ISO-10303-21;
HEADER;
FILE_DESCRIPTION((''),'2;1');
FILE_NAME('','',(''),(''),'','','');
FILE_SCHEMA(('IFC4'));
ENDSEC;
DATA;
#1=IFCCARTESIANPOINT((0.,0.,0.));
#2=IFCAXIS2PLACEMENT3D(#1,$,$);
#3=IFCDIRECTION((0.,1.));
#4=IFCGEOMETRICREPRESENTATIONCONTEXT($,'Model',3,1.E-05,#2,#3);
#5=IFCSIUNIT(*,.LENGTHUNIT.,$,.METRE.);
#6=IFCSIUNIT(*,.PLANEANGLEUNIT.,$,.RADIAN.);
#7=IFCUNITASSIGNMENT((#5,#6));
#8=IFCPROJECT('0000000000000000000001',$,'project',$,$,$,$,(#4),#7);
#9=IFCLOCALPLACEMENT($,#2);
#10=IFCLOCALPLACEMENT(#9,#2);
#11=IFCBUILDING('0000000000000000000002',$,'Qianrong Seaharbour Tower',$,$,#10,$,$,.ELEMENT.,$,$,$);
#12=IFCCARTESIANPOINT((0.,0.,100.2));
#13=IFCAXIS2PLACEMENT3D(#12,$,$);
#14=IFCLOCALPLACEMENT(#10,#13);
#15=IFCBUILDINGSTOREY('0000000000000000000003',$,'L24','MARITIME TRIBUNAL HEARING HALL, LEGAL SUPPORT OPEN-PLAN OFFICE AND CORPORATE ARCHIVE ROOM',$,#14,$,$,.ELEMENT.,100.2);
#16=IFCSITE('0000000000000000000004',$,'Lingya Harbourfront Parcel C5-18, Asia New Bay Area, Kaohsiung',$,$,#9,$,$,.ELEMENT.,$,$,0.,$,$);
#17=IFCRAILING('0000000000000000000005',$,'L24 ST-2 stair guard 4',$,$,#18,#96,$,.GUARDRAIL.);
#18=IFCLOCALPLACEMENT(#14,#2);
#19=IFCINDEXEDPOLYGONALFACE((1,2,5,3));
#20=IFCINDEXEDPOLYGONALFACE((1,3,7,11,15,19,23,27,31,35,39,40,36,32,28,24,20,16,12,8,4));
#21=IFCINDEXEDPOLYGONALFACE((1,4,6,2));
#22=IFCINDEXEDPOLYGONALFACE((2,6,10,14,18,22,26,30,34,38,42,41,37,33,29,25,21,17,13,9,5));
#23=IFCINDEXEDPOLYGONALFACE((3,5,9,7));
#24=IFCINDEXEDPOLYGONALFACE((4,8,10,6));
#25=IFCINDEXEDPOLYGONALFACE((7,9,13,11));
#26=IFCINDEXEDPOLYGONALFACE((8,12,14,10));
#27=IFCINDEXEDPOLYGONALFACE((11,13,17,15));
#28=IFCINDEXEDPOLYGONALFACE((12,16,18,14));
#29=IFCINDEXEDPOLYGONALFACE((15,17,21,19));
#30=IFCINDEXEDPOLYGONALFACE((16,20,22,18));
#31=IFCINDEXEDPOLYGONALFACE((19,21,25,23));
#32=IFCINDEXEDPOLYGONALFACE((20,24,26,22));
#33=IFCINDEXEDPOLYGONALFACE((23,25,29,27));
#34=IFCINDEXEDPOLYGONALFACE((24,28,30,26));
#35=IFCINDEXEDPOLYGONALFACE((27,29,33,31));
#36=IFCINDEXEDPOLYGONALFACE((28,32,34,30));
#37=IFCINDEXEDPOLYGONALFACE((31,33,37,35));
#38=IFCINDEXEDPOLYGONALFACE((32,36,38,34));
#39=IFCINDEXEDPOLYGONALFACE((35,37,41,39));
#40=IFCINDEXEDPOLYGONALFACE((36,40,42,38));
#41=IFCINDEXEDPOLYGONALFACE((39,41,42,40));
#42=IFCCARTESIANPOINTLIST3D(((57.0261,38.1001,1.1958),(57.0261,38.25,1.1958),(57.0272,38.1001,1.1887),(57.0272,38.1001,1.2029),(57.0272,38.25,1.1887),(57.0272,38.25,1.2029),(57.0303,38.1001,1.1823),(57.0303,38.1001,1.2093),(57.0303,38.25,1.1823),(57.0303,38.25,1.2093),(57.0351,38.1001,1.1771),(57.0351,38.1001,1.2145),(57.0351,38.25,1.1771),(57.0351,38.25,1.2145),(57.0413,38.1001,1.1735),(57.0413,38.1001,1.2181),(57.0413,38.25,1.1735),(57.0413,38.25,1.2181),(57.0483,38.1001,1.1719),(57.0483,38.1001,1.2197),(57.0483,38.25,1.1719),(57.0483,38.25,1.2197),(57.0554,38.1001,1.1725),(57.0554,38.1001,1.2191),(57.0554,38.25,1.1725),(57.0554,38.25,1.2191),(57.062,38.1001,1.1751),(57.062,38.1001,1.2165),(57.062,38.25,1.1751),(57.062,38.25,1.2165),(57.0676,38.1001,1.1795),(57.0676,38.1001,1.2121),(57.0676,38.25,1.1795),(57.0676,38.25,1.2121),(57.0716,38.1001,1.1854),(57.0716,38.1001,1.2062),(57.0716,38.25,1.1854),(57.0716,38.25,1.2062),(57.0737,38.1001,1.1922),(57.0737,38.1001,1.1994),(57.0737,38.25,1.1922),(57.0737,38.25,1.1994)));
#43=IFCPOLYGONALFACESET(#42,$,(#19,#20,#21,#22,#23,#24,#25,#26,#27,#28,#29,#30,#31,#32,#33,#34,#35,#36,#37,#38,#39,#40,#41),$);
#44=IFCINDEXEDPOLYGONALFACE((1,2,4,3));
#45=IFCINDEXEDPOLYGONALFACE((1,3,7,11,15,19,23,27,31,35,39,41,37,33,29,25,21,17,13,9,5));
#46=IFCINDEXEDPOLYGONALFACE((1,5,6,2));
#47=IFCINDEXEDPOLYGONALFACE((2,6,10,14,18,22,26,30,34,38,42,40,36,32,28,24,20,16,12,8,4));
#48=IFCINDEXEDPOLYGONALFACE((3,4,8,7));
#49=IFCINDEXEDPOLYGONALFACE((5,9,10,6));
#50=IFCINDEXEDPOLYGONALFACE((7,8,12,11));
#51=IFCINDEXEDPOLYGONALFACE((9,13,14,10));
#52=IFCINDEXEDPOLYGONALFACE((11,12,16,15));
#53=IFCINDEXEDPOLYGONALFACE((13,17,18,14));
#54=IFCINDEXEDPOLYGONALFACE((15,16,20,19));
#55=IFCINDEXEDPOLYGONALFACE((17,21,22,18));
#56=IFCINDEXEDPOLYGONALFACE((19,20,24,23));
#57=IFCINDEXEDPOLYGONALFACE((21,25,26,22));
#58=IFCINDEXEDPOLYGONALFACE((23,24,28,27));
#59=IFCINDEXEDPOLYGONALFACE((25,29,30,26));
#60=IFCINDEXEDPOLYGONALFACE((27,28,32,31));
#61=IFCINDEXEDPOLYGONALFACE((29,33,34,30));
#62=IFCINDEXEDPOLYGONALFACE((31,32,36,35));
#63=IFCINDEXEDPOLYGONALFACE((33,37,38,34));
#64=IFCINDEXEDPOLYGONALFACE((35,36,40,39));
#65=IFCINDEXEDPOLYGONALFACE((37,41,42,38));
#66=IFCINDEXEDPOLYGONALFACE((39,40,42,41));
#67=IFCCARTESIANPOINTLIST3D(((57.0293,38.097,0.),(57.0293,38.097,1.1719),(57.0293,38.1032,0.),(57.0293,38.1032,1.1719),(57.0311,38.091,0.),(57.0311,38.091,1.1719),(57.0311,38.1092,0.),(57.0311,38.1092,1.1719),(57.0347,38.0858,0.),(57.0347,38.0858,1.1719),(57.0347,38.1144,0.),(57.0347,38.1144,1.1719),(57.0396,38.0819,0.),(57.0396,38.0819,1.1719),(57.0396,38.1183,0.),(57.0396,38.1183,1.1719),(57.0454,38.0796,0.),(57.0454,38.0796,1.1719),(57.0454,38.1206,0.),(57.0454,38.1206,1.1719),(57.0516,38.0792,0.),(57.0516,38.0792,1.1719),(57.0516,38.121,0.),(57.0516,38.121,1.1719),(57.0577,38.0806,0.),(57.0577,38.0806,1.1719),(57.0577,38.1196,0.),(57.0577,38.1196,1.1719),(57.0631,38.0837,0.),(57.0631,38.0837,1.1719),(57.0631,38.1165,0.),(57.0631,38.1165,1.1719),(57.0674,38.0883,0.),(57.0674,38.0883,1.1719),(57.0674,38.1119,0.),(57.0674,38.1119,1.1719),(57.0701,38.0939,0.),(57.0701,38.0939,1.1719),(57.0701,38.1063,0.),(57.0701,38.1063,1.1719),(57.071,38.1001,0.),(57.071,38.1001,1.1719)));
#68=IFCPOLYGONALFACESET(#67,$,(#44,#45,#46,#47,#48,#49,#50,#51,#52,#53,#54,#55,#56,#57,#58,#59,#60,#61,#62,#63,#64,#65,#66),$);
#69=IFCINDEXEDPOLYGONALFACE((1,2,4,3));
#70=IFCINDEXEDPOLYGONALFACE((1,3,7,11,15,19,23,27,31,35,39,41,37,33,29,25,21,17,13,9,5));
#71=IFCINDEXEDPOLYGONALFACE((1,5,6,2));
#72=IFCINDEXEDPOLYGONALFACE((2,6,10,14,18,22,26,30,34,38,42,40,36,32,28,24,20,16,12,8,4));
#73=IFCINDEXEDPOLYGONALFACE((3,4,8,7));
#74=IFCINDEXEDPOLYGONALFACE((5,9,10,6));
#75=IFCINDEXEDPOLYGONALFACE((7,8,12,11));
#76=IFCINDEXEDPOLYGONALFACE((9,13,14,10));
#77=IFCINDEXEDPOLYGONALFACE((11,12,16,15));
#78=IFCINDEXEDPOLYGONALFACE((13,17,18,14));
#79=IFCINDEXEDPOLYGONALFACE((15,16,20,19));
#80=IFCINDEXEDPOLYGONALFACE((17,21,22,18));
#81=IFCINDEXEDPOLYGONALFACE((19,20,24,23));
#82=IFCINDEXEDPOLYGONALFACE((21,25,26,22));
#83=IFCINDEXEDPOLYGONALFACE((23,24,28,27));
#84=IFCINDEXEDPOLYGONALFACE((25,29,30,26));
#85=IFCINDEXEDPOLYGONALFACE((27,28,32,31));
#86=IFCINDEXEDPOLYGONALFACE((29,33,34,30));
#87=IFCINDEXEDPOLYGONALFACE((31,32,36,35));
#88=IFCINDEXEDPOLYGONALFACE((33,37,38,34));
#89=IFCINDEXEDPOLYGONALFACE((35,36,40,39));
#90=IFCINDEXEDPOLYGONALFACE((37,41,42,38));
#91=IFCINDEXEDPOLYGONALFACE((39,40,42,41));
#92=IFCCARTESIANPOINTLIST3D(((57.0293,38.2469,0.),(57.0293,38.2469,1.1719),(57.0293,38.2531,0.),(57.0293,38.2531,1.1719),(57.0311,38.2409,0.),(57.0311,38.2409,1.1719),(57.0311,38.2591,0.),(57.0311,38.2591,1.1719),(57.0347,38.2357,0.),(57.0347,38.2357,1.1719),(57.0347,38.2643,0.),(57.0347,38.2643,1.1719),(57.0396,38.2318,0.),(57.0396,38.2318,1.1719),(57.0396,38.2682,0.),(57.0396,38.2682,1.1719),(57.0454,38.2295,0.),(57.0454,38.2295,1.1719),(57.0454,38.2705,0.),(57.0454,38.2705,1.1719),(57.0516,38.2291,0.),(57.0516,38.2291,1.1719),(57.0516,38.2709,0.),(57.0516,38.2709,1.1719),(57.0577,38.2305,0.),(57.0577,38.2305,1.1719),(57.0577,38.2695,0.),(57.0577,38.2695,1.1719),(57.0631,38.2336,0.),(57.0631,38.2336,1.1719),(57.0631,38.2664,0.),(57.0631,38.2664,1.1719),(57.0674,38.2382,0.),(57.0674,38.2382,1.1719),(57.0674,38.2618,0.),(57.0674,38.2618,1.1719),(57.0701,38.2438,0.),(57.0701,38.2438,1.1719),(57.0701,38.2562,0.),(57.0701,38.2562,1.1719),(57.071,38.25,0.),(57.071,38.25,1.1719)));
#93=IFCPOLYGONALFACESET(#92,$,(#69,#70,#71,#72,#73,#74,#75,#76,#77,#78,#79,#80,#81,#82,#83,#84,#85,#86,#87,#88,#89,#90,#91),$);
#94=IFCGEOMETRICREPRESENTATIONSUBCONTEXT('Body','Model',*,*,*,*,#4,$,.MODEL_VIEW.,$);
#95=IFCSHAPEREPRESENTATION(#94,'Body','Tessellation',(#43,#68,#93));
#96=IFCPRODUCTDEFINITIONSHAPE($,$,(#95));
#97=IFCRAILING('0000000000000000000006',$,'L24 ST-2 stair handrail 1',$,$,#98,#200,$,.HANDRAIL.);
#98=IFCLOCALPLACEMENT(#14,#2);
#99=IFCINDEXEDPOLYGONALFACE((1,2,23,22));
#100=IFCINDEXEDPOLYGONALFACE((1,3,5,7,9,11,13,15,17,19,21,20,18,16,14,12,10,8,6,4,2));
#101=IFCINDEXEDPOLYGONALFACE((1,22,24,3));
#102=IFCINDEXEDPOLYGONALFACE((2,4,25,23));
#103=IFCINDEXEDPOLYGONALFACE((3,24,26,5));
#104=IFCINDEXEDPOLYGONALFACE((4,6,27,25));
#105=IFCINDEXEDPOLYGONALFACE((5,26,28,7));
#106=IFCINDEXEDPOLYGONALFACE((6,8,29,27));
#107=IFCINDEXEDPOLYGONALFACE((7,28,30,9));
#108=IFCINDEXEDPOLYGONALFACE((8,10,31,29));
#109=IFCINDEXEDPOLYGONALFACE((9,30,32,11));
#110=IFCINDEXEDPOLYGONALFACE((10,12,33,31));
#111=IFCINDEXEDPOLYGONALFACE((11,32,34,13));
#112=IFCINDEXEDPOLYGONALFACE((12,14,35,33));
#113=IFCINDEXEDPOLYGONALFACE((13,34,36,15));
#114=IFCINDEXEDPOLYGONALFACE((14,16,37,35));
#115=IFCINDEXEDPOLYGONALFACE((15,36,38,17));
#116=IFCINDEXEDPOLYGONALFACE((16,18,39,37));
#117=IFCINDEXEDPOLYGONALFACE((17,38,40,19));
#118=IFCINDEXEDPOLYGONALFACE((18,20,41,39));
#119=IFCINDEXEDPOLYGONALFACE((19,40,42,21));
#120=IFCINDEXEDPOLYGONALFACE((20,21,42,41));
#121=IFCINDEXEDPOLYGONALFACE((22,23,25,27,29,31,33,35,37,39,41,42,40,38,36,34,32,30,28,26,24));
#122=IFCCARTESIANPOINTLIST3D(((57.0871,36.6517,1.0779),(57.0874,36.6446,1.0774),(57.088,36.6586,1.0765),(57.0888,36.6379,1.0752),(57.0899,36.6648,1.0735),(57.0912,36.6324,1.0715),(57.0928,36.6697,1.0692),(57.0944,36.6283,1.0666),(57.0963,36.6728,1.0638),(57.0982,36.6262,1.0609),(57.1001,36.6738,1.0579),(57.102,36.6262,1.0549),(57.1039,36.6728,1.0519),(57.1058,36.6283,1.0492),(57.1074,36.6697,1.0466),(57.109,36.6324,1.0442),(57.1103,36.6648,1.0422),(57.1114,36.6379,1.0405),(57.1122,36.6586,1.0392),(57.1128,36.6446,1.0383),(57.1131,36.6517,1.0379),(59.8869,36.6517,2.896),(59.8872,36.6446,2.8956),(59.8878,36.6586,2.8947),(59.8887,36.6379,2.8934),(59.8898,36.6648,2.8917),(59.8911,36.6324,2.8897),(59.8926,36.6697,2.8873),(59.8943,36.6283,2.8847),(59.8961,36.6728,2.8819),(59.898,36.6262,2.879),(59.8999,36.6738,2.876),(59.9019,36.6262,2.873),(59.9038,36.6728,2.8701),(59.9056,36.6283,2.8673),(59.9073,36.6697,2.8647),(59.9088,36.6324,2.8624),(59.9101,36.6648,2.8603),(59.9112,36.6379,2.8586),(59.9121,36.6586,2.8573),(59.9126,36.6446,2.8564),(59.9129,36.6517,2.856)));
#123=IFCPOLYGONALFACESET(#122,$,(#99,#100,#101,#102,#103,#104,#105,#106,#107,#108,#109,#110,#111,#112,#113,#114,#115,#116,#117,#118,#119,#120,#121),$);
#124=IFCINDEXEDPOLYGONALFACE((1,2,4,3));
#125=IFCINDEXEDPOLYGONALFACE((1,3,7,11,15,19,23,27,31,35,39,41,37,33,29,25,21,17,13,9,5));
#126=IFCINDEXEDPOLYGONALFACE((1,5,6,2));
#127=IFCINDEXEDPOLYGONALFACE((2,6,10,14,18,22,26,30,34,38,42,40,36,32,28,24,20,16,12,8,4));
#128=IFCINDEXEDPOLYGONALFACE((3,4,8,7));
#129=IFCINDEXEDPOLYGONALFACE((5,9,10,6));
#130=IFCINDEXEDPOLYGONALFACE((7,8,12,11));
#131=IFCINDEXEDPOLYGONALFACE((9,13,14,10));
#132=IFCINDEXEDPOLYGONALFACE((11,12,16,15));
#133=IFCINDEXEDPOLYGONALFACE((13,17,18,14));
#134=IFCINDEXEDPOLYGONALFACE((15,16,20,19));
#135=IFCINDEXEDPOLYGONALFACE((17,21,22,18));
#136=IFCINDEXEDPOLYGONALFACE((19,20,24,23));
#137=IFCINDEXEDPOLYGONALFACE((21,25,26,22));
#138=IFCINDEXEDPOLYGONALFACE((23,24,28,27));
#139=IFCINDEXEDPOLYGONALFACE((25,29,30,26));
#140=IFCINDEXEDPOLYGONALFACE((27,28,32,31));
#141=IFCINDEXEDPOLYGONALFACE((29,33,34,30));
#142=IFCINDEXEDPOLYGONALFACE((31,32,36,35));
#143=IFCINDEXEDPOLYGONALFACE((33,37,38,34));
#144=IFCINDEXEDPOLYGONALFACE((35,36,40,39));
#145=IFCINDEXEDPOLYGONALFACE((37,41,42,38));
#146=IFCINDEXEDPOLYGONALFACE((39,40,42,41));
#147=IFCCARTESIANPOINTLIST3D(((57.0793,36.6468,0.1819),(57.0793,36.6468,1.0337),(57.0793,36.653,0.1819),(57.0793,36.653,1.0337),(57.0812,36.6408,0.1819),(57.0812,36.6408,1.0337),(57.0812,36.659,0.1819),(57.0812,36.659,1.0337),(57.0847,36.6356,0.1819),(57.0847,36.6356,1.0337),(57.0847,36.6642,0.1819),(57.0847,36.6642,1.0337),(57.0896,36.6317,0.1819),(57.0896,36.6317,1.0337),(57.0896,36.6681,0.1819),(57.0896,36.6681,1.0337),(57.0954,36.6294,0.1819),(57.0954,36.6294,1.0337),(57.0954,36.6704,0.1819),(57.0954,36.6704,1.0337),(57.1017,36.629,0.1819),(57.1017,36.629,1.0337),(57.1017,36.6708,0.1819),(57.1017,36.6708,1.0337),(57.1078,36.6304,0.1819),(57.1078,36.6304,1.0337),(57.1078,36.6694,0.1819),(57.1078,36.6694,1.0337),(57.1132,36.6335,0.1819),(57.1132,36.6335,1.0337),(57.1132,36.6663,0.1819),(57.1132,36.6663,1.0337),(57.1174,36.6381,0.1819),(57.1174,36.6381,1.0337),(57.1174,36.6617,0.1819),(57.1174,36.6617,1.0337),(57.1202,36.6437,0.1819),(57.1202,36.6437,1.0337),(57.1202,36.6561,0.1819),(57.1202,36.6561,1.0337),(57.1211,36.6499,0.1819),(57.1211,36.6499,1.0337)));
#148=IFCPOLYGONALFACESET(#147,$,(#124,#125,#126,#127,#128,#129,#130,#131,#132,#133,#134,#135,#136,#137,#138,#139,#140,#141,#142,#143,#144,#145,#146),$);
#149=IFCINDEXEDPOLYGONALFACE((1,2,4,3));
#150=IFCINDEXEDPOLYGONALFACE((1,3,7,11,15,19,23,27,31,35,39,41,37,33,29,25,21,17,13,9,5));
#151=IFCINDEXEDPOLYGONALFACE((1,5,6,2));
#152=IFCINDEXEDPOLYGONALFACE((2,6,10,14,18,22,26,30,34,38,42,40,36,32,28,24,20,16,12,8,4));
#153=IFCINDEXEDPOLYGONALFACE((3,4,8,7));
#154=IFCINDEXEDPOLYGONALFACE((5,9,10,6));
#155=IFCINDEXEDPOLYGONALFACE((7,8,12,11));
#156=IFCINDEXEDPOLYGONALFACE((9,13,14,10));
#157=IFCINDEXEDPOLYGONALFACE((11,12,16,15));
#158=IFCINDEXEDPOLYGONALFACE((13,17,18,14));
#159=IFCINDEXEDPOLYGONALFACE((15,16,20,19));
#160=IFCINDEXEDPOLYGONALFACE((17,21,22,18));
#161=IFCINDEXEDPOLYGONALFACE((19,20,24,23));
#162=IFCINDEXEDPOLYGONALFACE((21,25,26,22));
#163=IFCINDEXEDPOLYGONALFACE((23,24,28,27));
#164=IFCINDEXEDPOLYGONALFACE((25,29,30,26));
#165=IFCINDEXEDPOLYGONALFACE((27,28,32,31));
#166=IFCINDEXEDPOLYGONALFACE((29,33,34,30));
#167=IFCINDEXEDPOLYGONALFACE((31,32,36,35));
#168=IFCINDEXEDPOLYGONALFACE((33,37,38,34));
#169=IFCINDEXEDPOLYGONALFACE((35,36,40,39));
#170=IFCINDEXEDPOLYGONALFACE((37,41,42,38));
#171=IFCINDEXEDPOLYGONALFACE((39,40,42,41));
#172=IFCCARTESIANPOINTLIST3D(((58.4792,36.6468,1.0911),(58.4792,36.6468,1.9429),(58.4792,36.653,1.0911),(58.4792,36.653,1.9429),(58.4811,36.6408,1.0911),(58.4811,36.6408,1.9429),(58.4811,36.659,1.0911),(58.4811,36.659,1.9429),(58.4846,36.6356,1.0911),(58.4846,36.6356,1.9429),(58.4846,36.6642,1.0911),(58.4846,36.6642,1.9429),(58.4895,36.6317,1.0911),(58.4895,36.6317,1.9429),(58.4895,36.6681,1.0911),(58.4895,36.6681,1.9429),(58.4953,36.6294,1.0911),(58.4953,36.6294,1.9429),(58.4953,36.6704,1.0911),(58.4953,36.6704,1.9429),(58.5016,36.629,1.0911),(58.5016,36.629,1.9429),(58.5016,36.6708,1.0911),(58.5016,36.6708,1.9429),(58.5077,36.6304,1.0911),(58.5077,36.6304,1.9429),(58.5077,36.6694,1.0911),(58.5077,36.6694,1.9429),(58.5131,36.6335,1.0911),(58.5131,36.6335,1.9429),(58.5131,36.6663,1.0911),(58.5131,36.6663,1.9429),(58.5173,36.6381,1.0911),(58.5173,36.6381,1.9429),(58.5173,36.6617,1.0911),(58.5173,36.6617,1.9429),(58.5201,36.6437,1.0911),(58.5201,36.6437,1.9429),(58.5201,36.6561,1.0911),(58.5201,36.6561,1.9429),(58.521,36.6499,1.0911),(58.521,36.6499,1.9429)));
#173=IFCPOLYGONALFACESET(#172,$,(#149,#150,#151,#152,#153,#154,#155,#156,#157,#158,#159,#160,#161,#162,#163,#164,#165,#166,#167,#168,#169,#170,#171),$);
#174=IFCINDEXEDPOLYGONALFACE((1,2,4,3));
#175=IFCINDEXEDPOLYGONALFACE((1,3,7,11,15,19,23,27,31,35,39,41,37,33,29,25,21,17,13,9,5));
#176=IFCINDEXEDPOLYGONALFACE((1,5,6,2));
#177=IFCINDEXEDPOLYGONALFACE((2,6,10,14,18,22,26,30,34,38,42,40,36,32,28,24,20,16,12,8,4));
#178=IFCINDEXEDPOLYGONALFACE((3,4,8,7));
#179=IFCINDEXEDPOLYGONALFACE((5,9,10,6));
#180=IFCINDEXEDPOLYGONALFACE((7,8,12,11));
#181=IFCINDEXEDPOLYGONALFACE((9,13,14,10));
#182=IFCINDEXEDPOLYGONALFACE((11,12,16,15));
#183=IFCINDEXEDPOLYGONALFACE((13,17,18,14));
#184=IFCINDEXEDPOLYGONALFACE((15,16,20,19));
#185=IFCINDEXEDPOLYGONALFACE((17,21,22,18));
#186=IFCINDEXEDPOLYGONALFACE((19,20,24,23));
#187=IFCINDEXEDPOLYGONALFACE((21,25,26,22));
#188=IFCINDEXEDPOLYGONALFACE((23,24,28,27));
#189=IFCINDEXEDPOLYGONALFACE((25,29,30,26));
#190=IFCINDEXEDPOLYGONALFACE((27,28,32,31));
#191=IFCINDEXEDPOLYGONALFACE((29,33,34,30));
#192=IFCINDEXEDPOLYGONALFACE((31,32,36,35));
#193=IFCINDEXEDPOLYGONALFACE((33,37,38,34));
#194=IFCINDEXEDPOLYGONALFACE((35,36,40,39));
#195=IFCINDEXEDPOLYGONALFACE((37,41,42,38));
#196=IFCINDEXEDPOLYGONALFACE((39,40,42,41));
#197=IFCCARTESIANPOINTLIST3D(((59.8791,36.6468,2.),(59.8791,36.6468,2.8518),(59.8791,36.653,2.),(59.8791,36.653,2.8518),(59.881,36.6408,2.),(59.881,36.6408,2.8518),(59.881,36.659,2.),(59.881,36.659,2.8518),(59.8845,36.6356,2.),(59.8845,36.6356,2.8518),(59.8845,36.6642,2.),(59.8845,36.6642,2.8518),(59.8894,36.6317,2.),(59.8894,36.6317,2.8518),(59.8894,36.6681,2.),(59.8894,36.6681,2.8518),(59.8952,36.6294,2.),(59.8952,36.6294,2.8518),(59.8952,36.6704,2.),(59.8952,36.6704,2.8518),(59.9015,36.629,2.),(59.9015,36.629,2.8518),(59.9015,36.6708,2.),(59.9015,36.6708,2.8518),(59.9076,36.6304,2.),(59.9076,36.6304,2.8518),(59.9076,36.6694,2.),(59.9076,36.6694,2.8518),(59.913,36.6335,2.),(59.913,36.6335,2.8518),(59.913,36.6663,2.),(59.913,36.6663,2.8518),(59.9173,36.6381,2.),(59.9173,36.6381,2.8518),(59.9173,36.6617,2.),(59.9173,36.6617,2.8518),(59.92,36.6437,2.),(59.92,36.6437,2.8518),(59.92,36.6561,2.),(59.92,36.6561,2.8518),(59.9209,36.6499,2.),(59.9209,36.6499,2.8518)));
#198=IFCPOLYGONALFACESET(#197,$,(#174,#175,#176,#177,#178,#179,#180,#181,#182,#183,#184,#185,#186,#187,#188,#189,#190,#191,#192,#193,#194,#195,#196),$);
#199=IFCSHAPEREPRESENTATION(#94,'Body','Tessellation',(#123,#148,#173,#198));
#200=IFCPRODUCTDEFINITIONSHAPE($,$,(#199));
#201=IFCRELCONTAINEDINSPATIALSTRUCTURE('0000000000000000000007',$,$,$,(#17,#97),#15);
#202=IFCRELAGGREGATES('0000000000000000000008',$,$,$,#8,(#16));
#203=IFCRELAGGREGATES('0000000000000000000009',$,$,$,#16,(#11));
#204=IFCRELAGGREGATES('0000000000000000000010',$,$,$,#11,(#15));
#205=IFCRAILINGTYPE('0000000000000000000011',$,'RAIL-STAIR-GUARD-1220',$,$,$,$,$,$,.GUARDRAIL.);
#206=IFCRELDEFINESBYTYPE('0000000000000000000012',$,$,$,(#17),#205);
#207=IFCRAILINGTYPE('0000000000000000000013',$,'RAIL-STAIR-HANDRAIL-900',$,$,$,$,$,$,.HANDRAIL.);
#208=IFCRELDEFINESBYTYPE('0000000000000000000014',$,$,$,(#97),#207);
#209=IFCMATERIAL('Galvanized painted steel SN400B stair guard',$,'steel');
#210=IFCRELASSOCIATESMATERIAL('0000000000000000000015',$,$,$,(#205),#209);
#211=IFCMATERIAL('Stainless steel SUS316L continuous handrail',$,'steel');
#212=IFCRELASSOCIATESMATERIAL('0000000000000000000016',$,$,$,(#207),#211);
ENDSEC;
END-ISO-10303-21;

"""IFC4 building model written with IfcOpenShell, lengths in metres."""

from ifc_helpers import new_model, si_unit, direction, frame, origin, origin_2d, place, context, subcontext, project, spatial, circle, extrude, material, type_object, element, save


model = new_model("IFC4")

# Units and contexts
model_context = context("Model", 3, precision=1e-05, world=origin(), true_north=direction((0.0, 1.0)))
body_context = subcontext(model_context, "Body", "Model", "MODEL_VIEW")
ifc_project = project(units=[si_unit("LENGTHUNIT", "METRE"), si_unit("PLANEANGLEUNIT", "RADIAN")], contexts=[model_context])

# Site, building, storey
site_placement = place(None, origin())
site = spatial("IfcSite", under=ifc_project, at=site_placement, Name="Lingya Harbourfront Parcel C5-18, Asia New Bay Area, Kaohsiung", CompositionType="ELEMENT", RefElevation=0.0)
building_placement = place(site_placement, origin())
building = spatial("IfcBuilding", under=site, at=building_placement, Name="Qianrong Seaharbour Tower", CompositionType="ELEMENT")
storey_placement = place(building_placement, frame((0.0, 0.0, 100.2)))
storey = spatial("IfcBuildingStorey", under=building, at=storey_placement, Name="L24", Description="MARITIME TRIBUNAL HEARING HALL, LEGAL SUPPORT OPEN-PLAN OFFICE AND CORPORATE ARCHIVE ROOM", CompositionType="ELEMENT", Elevation=100.2)

# Railings
ifc_material_1 = material(Name="Galvanized painted steel SN400B stair guard", Category="steel")
railing_type_1 = type_object("IfcRailingType", Name="RAIL-STAIR-GUARD-1220", PredefinedType="GUARDRAIL", material=ifc_material_1)
railing_1_placement = place(storey_placement, frame((57.05, 38.1001, 0.0)))
element("IfcRailing", 1, at=railing_1_placement, inside=storey, type_object=railing_type_1, Name="L24 ST-2 stair guard 4", PredefinedType="GUARDRAIL", context=body_context, shape_type="SweptSolid", body=[
    extrude(circle(Radius=0.0239, at=origin_2d()), frame((0.0, 0.0, 1.1958), z_axis=(0.0, 1.0, 0.0), x_axis=(-1.0, 0.0, 0.0)), (0.0, 0.0, 1.0), 0.1499),
    extrude(circle(Radius=0.021, at=origin_2d()), origin(), (0.0, 0.0, 1.0), 1.1719),
    extrude(circle(Radius=0.021, at=origin_2d()), frame((0.0, 0.1499, 0.0)), (0.0, 0.0, 1.0), 1.1719),
])
ifc_material_2 = material(Name="Stainless steel SUS316L continuous handrail", Category="steel")
railing_type_2 = type_object("IfcRailingType", Name="RAIL-STAIR-HANDRAIL-900", PredefinedType="HANDRAIL", material=ifc_material_2)
railing_2_placement = place(storey_placement, frame((57.1001, 36.6499, 0.1819)))
element("IfcRailing", 2, at=railing_2_placement, inside=storey, type_object=railing_type_2, Name="L24 ST-2 stair handrail 1", PredefinedType="HANDRAIL", context=body_context, shape_type="SweptSolid", body=[
    extrude(circle(Radius=0.0239, at=origin_2d()), frame((0.0, 0.0, 0.876), z_axis=(0.838684, 0.0, 0.544618), x_axis=(0.0, 1.0, 0.0)), (0.0, 0.0, 1.0), 3.3384),
    extrude(circle(Radius=0.021, at=origin_2d()), origin(), (0.0, 0.0, 1.0), 0.8518),
    extrude(circle(Radius=0.021, at=origin_2d()), frame((1.3999, 0.0, 0.9092)), (0.0, 0.0, 1.0), 0.8518),
    extrude(circle(Radius=0.021, at=origin_2d()), frame((2.7998, 0.0, 1.8181)), (0.0, 0.0, 1.0), 0.8518),
])

save(model, "model.ifc")
